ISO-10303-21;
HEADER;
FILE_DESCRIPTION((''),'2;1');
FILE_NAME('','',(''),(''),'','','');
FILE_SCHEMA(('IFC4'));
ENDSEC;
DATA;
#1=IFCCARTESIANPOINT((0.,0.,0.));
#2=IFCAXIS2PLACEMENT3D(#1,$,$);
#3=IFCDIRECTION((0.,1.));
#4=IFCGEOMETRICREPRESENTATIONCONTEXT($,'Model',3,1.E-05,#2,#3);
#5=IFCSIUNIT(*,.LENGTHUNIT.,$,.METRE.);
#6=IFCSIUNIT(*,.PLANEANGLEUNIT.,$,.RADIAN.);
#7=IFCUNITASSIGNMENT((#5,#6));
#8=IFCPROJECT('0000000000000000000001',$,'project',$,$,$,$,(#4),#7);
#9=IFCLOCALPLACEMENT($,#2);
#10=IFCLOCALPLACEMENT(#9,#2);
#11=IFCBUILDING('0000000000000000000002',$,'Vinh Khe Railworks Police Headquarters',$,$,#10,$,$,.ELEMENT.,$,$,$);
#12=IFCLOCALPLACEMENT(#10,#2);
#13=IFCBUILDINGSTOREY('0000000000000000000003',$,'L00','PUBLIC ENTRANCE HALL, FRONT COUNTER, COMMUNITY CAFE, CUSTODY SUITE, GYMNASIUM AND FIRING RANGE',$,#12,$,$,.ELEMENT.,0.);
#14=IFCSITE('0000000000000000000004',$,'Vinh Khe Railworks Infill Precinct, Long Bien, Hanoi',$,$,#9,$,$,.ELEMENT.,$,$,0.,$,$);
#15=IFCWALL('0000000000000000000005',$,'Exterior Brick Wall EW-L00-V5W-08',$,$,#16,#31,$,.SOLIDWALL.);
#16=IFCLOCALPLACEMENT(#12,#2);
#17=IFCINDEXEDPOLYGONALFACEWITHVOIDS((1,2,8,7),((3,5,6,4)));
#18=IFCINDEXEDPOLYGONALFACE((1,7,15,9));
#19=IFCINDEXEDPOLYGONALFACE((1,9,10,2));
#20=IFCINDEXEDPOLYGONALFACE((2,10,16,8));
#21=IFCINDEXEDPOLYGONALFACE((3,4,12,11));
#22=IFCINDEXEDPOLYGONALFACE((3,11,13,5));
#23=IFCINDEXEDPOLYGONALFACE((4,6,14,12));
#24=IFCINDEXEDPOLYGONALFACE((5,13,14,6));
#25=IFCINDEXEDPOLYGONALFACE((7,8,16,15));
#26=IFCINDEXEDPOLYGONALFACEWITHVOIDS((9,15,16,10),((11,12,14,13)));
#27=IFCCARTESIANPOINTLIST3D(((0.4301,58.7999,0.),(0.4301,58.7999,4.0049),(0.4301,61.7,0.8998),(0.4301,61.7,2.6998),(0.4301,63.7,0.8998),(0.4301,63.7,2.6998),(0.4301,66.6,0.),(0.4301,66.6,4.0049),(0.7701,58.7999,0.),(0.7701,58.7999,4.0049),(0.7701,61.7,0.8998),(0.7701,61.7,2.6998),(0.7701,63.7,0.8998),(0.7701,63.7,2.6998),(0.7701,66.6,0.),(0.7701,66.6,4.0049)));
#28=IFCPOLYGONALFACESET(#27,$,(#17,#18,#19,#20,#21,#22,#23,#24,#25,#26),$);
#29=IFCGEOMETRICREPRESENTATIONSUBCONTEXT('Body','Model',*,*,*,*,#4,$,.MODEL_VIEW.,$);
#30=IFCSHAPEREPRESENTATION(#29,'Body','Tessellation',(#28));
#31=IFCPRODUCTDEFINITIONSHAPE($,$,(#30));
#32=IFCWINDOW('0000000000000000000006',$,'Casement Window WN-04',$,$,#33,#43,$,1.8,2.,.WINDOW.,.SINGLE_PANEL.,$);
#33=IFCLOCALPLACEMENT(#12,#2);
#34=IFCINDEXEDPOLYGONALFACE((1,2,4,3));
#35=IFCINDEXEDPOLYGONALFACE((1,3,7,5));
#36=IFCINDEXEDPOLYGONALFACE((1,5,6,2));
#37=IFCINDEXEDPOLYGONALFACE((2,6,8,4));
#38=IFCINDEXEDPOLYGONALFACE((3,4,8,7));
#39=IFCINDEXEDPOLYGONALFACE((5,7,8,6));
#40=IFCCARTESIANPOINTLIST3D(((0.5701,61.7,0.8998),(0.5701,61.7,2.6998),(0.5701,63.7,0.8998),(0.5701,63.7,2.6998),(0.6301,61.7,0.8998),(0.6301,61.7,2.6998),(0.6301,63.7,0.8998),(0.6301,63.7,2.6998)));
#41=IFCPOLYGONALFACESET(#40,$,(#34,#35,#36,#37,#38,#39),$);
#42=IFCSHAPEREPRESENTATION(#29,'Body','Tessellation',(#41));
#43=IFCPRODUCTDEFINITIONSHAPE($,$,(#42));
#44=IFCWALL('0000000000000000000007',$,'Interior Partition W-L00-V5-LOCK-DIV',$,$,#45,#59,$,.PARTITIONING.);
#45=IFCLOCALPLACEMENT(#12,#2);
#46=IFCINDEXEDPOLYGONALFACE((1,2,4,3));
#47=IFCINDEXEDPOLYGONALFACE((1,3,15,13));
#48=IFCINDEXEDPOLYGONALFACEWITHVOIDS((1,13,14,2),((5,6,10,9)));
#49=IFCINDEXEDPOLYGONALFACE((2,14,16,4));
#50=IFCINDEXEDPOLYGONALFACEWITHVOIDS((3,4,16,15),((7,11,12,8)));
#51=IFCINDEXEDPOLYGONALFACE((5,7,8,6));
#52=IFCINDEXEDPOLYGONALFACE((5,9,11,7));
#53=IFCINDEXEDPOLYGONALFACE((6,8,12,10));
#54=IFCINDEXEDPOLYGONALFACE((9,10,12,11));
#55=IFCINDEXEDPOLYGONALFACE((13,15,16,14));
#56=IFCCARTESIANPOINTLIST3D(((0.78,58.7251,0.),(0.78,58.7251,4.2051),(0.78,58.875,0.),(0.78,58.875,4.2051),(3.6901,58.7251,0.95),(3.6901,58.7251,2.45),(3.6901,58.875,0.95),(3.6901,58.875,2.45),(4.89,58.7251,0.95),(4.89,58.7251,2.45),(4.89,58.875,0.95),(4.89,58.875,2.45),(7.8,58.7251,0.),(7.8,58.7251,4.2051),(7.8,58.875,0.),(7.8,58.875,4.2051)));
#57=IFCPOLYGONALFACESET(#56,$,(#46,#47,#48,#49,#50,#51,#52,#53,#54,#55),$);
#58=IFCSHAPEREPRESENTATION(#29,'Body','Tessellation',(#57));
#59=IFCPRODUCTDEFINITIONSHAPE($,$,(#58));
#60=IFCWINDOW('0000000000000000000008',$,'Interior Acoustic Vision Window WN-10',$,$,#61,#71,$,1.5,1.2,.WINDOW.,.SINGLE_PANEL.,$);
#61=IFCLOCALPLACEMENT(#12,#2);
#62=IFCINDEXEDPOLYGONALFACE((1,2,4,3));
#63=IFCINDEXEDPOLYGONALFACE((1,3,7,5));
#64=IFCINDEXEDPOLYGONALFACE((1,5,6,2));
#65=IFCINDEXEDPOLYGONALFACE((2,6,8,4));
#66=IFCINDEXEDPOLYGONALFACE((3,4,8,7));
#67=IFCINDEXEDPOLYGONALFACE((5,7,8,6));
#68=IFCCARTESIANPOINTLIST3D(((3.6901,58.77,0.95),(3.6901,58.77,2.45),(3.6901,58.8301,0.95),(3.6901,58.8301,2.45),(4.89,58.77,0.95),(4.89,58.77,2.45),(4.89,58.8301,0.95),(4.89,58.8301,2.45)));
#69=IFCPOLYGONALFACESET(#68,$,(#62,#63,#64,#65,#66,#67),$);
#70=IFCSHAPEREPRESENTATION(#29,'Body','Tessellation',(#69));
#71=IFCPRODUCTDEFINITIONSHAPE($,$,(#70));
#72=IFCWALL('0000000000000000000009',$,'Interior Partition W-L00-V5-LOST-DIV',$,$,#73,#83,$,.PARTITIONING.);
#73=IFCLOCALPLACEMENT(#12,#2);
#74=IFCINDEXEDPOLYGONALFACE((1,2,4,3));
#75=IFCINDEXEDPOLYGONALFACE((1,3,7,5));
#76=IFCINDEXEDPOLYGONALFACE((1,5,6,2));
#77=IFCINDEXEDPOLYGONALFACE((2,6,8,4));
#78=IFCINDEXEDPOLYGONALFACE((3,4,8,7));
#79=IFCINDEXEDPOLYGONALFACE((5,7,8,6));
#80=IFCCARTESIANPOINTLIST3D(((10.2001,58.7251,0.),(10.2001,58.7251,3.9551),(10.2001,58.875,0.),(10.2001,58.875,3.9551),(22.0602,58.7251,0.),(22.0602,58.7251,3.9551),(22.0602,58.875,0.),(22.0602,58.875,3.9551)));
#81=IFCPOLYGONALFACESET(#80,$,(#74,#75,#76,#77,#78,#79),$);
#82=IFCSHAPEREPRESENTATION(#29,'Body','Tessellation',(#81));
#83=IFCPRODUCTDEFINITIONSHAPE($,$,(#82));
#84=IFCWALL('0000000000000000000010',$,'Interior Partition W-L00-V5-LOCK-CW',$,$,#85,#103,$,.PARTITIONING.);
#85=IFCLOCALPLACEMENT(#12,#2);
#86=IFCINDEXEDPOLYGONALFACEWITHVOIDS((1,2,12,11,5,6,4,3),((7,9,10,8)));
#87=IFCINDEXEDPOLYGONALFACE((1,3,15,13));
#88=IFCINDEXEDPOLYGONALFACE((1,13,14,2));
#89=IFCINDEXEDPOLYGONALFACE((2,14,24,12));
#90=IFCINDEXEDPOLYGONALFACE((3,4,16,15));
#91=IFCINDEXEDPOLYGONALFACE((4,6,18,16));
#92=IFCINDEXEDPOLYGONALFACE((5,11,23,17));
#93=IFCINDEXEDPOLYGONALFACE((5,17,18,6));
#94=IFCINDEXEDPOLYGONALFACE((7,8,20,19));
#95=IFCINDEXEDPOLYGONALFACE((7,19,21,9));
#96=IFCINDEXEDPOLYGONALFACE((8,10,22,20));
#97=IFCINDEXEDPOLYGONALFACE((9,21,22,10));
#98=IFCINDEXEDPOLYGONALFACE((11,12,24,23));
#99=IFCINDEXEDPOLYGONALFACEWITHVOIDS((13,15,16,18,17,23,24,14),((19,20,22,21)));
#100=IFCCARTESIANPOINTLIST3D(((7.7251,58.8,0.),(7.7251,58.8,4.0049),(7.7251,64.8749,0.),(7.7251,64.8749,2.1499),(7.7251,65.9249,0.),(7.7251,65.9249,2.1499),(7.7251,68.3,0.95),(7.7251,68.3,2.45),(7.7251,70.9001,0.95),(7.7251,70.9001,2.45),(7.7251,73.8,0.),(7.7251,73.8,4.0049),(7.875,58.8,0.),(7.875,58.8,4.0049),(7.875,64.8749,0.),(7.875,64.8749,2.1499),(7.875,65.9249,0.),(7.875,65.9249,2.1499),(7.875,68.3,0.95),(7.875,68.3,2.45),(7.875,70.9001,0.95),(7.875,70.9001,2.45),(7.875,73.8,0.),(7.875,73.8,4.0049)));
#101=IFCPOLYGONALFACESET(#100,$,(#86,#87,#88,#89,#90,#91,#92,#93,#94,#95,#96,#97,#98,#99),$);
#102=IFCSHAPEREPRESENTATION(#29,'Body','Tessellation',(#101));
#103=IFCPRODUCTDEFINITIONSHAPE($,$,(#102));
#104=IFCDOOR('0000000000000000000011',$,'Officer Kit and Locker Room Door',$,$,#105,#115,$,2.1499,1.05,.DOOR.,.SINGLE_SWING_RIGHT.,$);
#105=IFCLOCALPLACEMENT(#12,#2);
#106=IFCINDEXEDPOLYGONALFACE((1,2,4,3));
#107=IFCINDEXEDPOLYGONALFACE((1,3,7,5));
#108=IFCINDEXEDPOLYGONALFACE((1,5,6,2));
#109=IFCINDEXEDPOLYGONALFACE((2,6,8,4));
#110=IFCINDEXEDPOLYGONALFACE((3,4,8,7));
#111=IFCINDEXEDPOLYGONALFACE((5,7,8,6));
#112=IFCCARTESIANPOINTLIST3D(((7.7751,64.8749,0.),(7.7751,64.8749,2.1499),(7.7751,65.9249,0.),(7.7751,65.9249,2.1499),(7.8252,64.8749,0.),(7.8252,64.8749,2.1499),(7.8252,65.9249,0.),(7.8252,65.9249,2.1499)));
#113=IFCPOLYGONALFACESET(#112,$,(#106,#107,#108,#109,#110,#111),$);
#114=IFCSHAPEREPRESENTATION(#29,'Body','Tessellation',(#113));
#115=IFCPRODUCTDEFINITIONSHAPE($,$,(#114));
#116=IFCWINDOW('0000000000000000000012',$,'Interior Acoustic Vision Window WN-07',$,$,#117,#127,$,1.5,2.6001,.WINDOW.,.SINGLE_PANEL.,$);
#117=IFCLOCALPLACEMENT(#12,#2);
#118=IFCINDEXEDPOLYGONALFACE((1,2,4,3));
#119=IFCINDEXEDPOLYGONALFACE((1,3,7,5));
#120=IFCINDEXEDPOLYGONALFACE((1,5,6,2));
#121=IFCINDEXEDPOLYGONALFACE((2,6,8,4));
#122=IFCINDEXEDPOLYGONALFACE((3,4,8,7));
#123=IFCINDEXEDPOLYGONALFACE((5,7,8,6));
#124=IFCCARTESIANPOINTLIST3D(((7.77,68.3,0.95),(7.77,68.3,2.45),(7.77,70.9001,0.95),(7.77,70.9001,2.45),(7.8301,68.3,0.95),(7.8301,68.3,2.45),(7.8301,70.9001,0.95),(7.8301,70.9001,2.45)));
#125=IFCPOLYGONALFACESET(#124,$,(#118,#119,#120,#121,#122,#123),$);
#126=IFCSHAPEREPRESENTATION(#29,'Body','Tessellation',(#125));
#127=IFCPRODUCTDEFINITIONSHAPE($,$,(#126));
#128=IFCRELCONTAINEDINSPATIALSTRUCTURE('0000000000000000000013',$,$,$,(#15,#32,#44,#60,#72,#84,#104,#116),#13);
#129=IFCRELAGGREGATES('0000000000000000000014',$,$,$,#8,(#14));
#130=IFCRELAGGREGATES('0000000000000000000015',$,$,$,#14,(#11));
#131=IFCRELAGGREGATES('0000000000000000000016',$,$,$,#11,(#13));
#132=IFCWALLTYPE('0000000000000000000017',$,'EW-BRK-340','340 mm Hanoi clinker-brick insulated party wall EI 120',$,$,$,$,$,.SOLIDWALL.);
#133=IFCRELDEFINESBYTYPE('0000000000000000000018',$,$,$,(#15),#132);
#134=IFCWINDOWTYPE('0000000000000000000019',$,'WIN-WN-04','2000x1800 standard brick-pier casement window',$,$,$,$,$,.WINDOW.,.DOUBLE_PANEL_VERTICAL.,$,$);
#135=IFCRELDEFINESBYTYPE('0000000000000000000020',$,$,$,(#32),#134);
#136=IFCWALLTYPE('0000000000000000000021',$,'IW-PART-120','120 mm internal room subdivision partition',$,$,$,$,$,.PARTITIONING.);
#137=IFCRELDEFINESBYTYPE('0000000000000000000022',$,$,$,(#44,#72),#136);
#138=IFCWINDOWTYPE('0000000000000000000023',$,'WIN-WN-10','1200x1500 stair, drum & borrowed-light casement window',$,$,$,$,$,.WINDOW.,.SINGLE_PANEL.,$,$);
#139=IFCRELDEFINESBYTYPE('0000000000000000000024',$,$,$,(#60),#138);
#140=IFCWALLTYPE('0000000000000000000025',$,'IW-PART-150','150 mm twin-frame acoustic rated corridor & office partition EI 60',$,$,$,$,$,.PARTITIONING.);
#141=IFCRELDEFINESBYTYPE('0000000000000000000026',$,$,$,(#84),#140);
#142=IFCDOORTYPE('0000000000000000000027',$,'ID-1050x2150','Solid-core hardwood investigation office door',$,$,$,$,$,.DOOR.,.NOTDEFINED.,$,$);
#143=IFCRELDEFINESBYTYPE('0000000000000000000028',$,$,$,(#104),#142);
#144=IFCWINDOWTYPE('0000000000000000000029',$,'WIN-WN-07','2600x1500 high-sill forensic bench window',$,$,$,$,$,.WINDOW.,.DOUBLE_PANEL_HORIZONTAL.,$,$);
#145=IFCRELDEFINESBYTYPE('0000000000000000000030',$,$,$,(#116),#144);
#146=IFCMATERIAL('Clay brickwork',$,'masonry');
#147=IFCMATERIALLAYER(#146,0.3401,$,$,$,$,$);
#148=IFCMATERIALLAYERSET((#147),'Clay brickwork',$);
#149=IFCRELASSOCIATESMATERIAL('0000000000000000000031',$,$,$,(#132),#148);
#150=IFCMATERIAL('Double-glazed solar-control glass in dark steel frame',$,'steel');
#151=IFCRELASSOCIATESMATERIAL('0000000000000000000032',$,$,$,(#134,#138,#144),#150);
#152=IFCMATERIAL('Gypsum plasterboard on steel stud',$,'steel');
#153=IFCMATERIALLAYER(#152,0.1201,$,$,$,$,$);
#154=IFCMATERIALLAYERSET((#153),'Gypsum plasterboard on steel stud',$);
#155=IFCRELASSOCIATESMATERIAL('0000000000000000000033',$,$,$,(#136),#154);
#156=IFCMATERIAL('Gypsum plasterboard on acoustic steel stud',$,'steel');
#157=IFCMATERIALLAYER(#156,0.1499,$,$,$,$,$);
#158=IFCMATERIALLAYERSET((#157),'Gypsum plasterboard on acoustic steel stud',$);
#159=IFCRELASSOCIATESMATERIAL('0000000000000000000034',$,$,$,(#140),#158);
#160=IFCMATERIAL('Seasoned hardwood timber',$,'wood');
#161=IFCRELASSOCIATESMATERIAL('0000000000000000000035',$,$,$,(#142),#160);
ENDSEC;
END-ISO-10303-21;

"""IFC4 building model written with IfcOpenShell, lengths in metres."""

from ifc_helpers import new_model, si_unit, direction, frame, frame_2d, origin, place, context, subcontext, project, spatial, rectangle, extrude, material, layer, layer_set, type_object, element, fill, save


model = new_model("IFC4")

# Units and contexts
model_context = context("Model", 3, precision=1e-05, world=origin(), true_north=direction((0.0, 1.0)))
body_context = subcontext(model_context, "Body", "Model", "MODEL_VIEW")
ifc_project = project(units=[si_unit("LENGTHUNIT", "METRE"), si_unit("PLANEANGLEUNIT", "RADIAN")], contexts=[model_context])

# Site, building, storey
site_placement = place(None, origin())
site = spatial("IfcSite", under=ifc_project, at=site_placement, Name="Vinh Khe Railworks Infill Precinct, Long Bien, Hanoi", CompositionType="ELEMENT", RefElevation=0.0)
building_placement = place(site_placement, origin())
building = spatial("IfcBuilding", under=site, at=building_placement, Name="Vinh Khe Railworks Police Headquarters", CompositionType="ELEMENT")
storey_placement = place(building_placement, origin())
storey = spatial("IfcBuildingStorey", under=building, at=storey_placement, Name="L00", Description="PUBLIC ENTRANCE HALL, FRONT COUNTER, COMMUNITY CAFE, CUSTODY SUITE, GYMNASIUM AND FIRING RANGE", CompositionType="ELEMENT", Elevation=0.0)

# Walls, openings, windows
ifc_material_1 = material(Name="Clay brickwork", Category="masonry")
ifc_layer_1 = layer(ifc_material_1, 0.3401)
ifc_layer_set_1 = layer_set([ifc_layer_1], Name="Clay brickwork")
wall_type_1 = type_object("IfcWallType", Name="EW-BRK-340", Description="340 mm Hanoi clinker-brick insulated party wall EI 120", PredefinedType="SOLIDWALL", material=ifc_layer_set_1)
ifc_material_2 = material(Name="Double-glazed solar-control glass in dark steel frame", Category="steel")
window_type_1 = type_object("IfcWindowType", Name="WIN-WN-04", Description="2000x1800 standard brick-pier casement window", PartitioningType="DOUBLE_PANEL_VERTICAL", PredefinedType="WINDOW", material=ifc_material_2)
wall_1_placement = place(storey_placement, frame((0.6001, 58.8, 0.0), z_axis=(0.0, 0.0, 1.0), x_axis=(0.0, 1.0, 0.0)))
wall_1 = element("IfcWall", 1, at=wall_1_placement, inside=storey, type_object=wall_type_1, Name="Exterior Brick Wall EW-L00-V5W-08", PredefinedType="SOLIDWALL", context=body_context, shape_type="SweptSolid", body=[
    extrude(rectangle(XDim=7.8, YDim=0.3401, at=frame_2d((3.8999, 0.0))), origin(), (0.0, 0.0, 1.0), 4.0049),
])
opening_1_placement = place(wall_1_placement, frame((2.8999, 0.0, 0.8999)))
opening_1 = element("IfcOpeningElement", 2, at=opening_1_placement, cuts=wall_1, PredefinedType="OPENING", context=body_context, shape_type="SweptSolid", body=[
    extrude(rectangle(XDim=2.0, YDim=1.8, at=frame_2d((1.0, 0.8999))), frame((0.0, 0.1851, 0.0), z_axis=(0.0, -1.0, 0.0), x_axis=(1.0, 0.0, 0.0)), (0.0, 0.0, 1.0), 0.3699),
])
window_1_placement = place(opening_1_placement, origin())
window_1 = element("IfcWindow", 3, at=window_1_placement, inside=storey, type_object=window_type_1, Name="Casement Window WN-04", OverallHeight=1.8, OverallWidth=2.0, PartitioningType="SINGLE_PANEL", PredefinedType="WINDOW", context=body_context, shape_type="SweptSolid", body=[
    extrude(rectangle(XDim=2.0, YDim=1.8, at=frame_2d((1.0, 0.8999))), frame((0.0, 0.03, 0.0), z_axis=(0.0, -1.0, 0.0), x_axis=(1.0, 0.0, 0.0)), (0.0, 0.0, 1.0), 0.0601),
])
fill(opening_1, window_1)
ifc_material_3 = material(Name="Gypsum plasterboard on steel stud", Category="steel")
ifc_layer_2 = layer(ifc_material_3, 0.1201)
ifc_layer_set_2 = layer_set([ifc_layer_2], Name="Gypsum plasterboard on steel stud")
wall_type_2 = type_object("IfcWallType", Name="IW-PART-120", Description="120 mm internal room subdivision partition", PredefinedType="PARTITIONING", material=ifc_layer_set_2)
wall_2_placement = place(storey_placement, frame((0.78, 58.8, 0.0), z_axis=(0.0, 0.0, 1.0), x_axis=(1.0, 0.0, 0.0)))
wall_2 = element("IfcWall", 4, at=wall_2_placement, inside=storey, type_object=wall_type_2, Name="Interior Partition W-L00-V5-LOCK-DIV", PredefinedType="PARTITIONING", context=body_context, shape_type="SweptSolid", body=[
    extrude(rectangle(XDim=7.02, YDim=0.1499, at=frame_2d((3.51, 0.0))), origin(), (0.0, 0.0, 1.0), 4.2051),
])
opening_2_placement = place(wall_2_placement, frame((2.9099, 0.0, 0.95)))
opening_2 = element("IfcOpeningElement", 5, at=opening_2_placement, cuts=wall_2, PredefinedType="OPENING", context=body_context, shape_type="SweptSolid", body=[
    extrude(rectangle(XDim=1.2, YDim=1.5, at=frame_2d((0.6001, 0.75))), frame((0.0, 0.0898, 0.0), z_axis=(0.0, -1.0, 0.0), x_axis=(1.0, 0.0, 0.0)), (0.0, 0.0, 1.0), 0.1797),
])
window_type_2 = type_object("IfcWindowType", Name="WIN-WN-10", Description="1200x1500 stair, drum & borrowed-light casement window", PartitioningType="SINGLE_PANEL", PredefinedType="WINDOW", material=ifc_material_2)
window_2_placement = place(opening_2_placement, origin())
window_2 = element("IfcWindow", 6, at=window_2_placement, inside=storey, type_object=window_type_2, Name="Interior Acoustic Vision Window WN-10", OverallHeight=1.5, OverallWidth=1.2, PartitioningType="SINGLE_PANEL", PredefinedType="WINDOW", context=body_context, shape_type="SweptSolid", body=[
    extrude(rectangle(XDim=1.2, YDim=1.5, at=frame_2d((0.6001, 0.75))), frame((0.0, 0.03, 0.0), z_axis=(0.0, -1.0, 0.0), x_axis=(1.0, 0.0, 0.0)), (0.0, 0.0, 1.0), 0.0601),
])
fill(opening_2, window_2)

# Wall
wall_3_placement = place(storey_placement, frame((10.2, 58.8, 0.0), z_axis=(0.0, 0.0, 1.0), x_axis=(1.0, 0.0, 0.0)))
element("IfcWall", 7, at=wall_3_placement, inside=storey, type_object=wall_type_2, Name="Interior Partition W-L00-V5-LOST-DIV", PredefinedType="PARTITIONING", context=body_context, shape_type="SweptSolid", body=[
    extrude(rectangle(XDim=11.8601, YDim=0.1499, at=frame_2d((5.9302, 0.0))), origin(), (0.0, 0.0, 1.0), 3.9551),
])

# Wall, openings, door, window
ifc_material_4 = material(Name="Gypsum plasterboard on acoustic steel stud", Category="steel")
ifc_layer_3 = layer(ifc_material_4, 0.1499)
ifc_layer_set_3 = layer_set([ifc_layer_3], Name="Gypsum plasterboard on acoustic steel stud")
wall_type_3 = type_object("IfcWallType", Name="IW-PART-150", Description="150 mm twin-frame acoustic rated corridor & office partition EI 60", PredefinedType="PARTITIONING", material=ifc_layer_set_3)
wall_4_placement = place(storey_placement, frame((7.8, 58.8, 0.0), z_axis=(0.0, 0.0, 1.0), x_axis=(0.0, 1.0, 0.0)))
wall_4 = element("IfcWall", 8, at=wall_4_placement, inside=storey, type_object=wall_type_3, Name="Interior Partition W-L00-V5-LOCK-CW", PredefinedType="PARTITIONING", context=body_context, shape_type="SweptSolid", body=[
    extrude(rectangle(XDim=15.0, YDim=0.1499, at=frame_2d((7.5, 0.0))), origin(), (0.0, 0.0, 1.0), 4.0049),
])
opening_3_placement = place(wall_4_placement, frame((6.075, 0.0, 0.0)))
opening_3 = element("IfcOpeningElement", 9, at=opening_3_placement, cuts=wall_4, PredefinedType="OPENING", context=body_context, shape_type="SweptSolid", body=[
    extrude(rectangle(XDim=1.05, YDim=2.1499, at=frame_2d((0.5249, 1.075))), frame((0.0, 0.0898, 0.0), z_axis=(0.0, -1.0, 0.0), x_axis=(1.0, 0.0, 0.0)), (0.0, 0.0, 1.0), 0.1797),
])
opening_4_placement = place(wall_4_placement, frame((9.5, 0.0, 0.95)))
opening_4 = element("IfcOpeningElement", 10, at=opening_4_placement, cuts=wall_4, PredefinedType="OPENING", context=body_context, shape_type="SweptSolid", body=[
    extrude(rectangle(XDim=2.6001, YDim=1.5, at=frame_2d((1.3, 0.75))), frame((0.0, 0.0898, 0.0), z_axis=(0.0, -1.0, 0.0), x_axis=(1.0, 0.0, 0.0)), (0.0, 0.0, 1.0), 0.1797),
])
ifc_material_5 = material(Name="Seasoned hardwood timber", Category="wood")
door_type = type_object("IfcDoorType", Name="ID-1050x2150", Description="Solid-core hardwood investigation office door", OperationType="NOTDEFINED", PredefinedType="DOOR", material=ifc_material_5)
door_1_placement = place(opening_3_placement, origin())
door_1 = element("IfcDoor", 11, at=door_1_placement, inside=storey, type_object=door_type, Name="Officer Kit and Locker Room Door", OperationType="SINGLE_SWING_RIGHT", OverallHeight=2.1499, OverallWidth=1.05, PredefinedType="DOOR", context=body_context, shape_type="SweptSolid", body=[
    extrude(rectangle(XDim=1.05, YDim=2.1499, at=frame_2d((0.5249, 1.075))), frame((0.0, 0.0249, 0.0), z_axis=(0.0, -1.0, 0.0), x_axis=(1.0, 0.0, 0.0)), (0.0, 0.0, 1.0), 0.05),
])
fill(opening_3, door_1)
window_type_3 = type_object("IfcWindowType", Name="WIN-WN-07", Description="2600x1500 high-sill forensic bench window", PartitioningType="DOUBLE_PANEL_HORIZONTAL", PredefinedType="WINDOW", material=ifc_material_2)
window_3_placement = place(opening_4_placement, origin())
window_3 = element("IfcWindow", 12, at=window_3_placement, inside=storey, type_object=window_type_3, Name="Interior Acoustic Vision Window WN-07", OverallHeight=1.5, OverallWidth=2.6001, PartitioningType="SINGLE_PANEL", PredefinedType="WINDOW", context=body_context, shape_type="SweptSolid", body=[
    extrude(rectangle(XDim=2.6001, YDim=1.5, at=frame_2d((1.3, 0.75))), frame((0.0, 0.03, 0.0), z_axis=(0.0, -1.0, 0.0), x_axis=(1.0, 0.0, 0.0)), (0.0, 0.0, 1.0), 0.0601),
])
fill(opening_4, window_3)

save(model, "model.ifc")
